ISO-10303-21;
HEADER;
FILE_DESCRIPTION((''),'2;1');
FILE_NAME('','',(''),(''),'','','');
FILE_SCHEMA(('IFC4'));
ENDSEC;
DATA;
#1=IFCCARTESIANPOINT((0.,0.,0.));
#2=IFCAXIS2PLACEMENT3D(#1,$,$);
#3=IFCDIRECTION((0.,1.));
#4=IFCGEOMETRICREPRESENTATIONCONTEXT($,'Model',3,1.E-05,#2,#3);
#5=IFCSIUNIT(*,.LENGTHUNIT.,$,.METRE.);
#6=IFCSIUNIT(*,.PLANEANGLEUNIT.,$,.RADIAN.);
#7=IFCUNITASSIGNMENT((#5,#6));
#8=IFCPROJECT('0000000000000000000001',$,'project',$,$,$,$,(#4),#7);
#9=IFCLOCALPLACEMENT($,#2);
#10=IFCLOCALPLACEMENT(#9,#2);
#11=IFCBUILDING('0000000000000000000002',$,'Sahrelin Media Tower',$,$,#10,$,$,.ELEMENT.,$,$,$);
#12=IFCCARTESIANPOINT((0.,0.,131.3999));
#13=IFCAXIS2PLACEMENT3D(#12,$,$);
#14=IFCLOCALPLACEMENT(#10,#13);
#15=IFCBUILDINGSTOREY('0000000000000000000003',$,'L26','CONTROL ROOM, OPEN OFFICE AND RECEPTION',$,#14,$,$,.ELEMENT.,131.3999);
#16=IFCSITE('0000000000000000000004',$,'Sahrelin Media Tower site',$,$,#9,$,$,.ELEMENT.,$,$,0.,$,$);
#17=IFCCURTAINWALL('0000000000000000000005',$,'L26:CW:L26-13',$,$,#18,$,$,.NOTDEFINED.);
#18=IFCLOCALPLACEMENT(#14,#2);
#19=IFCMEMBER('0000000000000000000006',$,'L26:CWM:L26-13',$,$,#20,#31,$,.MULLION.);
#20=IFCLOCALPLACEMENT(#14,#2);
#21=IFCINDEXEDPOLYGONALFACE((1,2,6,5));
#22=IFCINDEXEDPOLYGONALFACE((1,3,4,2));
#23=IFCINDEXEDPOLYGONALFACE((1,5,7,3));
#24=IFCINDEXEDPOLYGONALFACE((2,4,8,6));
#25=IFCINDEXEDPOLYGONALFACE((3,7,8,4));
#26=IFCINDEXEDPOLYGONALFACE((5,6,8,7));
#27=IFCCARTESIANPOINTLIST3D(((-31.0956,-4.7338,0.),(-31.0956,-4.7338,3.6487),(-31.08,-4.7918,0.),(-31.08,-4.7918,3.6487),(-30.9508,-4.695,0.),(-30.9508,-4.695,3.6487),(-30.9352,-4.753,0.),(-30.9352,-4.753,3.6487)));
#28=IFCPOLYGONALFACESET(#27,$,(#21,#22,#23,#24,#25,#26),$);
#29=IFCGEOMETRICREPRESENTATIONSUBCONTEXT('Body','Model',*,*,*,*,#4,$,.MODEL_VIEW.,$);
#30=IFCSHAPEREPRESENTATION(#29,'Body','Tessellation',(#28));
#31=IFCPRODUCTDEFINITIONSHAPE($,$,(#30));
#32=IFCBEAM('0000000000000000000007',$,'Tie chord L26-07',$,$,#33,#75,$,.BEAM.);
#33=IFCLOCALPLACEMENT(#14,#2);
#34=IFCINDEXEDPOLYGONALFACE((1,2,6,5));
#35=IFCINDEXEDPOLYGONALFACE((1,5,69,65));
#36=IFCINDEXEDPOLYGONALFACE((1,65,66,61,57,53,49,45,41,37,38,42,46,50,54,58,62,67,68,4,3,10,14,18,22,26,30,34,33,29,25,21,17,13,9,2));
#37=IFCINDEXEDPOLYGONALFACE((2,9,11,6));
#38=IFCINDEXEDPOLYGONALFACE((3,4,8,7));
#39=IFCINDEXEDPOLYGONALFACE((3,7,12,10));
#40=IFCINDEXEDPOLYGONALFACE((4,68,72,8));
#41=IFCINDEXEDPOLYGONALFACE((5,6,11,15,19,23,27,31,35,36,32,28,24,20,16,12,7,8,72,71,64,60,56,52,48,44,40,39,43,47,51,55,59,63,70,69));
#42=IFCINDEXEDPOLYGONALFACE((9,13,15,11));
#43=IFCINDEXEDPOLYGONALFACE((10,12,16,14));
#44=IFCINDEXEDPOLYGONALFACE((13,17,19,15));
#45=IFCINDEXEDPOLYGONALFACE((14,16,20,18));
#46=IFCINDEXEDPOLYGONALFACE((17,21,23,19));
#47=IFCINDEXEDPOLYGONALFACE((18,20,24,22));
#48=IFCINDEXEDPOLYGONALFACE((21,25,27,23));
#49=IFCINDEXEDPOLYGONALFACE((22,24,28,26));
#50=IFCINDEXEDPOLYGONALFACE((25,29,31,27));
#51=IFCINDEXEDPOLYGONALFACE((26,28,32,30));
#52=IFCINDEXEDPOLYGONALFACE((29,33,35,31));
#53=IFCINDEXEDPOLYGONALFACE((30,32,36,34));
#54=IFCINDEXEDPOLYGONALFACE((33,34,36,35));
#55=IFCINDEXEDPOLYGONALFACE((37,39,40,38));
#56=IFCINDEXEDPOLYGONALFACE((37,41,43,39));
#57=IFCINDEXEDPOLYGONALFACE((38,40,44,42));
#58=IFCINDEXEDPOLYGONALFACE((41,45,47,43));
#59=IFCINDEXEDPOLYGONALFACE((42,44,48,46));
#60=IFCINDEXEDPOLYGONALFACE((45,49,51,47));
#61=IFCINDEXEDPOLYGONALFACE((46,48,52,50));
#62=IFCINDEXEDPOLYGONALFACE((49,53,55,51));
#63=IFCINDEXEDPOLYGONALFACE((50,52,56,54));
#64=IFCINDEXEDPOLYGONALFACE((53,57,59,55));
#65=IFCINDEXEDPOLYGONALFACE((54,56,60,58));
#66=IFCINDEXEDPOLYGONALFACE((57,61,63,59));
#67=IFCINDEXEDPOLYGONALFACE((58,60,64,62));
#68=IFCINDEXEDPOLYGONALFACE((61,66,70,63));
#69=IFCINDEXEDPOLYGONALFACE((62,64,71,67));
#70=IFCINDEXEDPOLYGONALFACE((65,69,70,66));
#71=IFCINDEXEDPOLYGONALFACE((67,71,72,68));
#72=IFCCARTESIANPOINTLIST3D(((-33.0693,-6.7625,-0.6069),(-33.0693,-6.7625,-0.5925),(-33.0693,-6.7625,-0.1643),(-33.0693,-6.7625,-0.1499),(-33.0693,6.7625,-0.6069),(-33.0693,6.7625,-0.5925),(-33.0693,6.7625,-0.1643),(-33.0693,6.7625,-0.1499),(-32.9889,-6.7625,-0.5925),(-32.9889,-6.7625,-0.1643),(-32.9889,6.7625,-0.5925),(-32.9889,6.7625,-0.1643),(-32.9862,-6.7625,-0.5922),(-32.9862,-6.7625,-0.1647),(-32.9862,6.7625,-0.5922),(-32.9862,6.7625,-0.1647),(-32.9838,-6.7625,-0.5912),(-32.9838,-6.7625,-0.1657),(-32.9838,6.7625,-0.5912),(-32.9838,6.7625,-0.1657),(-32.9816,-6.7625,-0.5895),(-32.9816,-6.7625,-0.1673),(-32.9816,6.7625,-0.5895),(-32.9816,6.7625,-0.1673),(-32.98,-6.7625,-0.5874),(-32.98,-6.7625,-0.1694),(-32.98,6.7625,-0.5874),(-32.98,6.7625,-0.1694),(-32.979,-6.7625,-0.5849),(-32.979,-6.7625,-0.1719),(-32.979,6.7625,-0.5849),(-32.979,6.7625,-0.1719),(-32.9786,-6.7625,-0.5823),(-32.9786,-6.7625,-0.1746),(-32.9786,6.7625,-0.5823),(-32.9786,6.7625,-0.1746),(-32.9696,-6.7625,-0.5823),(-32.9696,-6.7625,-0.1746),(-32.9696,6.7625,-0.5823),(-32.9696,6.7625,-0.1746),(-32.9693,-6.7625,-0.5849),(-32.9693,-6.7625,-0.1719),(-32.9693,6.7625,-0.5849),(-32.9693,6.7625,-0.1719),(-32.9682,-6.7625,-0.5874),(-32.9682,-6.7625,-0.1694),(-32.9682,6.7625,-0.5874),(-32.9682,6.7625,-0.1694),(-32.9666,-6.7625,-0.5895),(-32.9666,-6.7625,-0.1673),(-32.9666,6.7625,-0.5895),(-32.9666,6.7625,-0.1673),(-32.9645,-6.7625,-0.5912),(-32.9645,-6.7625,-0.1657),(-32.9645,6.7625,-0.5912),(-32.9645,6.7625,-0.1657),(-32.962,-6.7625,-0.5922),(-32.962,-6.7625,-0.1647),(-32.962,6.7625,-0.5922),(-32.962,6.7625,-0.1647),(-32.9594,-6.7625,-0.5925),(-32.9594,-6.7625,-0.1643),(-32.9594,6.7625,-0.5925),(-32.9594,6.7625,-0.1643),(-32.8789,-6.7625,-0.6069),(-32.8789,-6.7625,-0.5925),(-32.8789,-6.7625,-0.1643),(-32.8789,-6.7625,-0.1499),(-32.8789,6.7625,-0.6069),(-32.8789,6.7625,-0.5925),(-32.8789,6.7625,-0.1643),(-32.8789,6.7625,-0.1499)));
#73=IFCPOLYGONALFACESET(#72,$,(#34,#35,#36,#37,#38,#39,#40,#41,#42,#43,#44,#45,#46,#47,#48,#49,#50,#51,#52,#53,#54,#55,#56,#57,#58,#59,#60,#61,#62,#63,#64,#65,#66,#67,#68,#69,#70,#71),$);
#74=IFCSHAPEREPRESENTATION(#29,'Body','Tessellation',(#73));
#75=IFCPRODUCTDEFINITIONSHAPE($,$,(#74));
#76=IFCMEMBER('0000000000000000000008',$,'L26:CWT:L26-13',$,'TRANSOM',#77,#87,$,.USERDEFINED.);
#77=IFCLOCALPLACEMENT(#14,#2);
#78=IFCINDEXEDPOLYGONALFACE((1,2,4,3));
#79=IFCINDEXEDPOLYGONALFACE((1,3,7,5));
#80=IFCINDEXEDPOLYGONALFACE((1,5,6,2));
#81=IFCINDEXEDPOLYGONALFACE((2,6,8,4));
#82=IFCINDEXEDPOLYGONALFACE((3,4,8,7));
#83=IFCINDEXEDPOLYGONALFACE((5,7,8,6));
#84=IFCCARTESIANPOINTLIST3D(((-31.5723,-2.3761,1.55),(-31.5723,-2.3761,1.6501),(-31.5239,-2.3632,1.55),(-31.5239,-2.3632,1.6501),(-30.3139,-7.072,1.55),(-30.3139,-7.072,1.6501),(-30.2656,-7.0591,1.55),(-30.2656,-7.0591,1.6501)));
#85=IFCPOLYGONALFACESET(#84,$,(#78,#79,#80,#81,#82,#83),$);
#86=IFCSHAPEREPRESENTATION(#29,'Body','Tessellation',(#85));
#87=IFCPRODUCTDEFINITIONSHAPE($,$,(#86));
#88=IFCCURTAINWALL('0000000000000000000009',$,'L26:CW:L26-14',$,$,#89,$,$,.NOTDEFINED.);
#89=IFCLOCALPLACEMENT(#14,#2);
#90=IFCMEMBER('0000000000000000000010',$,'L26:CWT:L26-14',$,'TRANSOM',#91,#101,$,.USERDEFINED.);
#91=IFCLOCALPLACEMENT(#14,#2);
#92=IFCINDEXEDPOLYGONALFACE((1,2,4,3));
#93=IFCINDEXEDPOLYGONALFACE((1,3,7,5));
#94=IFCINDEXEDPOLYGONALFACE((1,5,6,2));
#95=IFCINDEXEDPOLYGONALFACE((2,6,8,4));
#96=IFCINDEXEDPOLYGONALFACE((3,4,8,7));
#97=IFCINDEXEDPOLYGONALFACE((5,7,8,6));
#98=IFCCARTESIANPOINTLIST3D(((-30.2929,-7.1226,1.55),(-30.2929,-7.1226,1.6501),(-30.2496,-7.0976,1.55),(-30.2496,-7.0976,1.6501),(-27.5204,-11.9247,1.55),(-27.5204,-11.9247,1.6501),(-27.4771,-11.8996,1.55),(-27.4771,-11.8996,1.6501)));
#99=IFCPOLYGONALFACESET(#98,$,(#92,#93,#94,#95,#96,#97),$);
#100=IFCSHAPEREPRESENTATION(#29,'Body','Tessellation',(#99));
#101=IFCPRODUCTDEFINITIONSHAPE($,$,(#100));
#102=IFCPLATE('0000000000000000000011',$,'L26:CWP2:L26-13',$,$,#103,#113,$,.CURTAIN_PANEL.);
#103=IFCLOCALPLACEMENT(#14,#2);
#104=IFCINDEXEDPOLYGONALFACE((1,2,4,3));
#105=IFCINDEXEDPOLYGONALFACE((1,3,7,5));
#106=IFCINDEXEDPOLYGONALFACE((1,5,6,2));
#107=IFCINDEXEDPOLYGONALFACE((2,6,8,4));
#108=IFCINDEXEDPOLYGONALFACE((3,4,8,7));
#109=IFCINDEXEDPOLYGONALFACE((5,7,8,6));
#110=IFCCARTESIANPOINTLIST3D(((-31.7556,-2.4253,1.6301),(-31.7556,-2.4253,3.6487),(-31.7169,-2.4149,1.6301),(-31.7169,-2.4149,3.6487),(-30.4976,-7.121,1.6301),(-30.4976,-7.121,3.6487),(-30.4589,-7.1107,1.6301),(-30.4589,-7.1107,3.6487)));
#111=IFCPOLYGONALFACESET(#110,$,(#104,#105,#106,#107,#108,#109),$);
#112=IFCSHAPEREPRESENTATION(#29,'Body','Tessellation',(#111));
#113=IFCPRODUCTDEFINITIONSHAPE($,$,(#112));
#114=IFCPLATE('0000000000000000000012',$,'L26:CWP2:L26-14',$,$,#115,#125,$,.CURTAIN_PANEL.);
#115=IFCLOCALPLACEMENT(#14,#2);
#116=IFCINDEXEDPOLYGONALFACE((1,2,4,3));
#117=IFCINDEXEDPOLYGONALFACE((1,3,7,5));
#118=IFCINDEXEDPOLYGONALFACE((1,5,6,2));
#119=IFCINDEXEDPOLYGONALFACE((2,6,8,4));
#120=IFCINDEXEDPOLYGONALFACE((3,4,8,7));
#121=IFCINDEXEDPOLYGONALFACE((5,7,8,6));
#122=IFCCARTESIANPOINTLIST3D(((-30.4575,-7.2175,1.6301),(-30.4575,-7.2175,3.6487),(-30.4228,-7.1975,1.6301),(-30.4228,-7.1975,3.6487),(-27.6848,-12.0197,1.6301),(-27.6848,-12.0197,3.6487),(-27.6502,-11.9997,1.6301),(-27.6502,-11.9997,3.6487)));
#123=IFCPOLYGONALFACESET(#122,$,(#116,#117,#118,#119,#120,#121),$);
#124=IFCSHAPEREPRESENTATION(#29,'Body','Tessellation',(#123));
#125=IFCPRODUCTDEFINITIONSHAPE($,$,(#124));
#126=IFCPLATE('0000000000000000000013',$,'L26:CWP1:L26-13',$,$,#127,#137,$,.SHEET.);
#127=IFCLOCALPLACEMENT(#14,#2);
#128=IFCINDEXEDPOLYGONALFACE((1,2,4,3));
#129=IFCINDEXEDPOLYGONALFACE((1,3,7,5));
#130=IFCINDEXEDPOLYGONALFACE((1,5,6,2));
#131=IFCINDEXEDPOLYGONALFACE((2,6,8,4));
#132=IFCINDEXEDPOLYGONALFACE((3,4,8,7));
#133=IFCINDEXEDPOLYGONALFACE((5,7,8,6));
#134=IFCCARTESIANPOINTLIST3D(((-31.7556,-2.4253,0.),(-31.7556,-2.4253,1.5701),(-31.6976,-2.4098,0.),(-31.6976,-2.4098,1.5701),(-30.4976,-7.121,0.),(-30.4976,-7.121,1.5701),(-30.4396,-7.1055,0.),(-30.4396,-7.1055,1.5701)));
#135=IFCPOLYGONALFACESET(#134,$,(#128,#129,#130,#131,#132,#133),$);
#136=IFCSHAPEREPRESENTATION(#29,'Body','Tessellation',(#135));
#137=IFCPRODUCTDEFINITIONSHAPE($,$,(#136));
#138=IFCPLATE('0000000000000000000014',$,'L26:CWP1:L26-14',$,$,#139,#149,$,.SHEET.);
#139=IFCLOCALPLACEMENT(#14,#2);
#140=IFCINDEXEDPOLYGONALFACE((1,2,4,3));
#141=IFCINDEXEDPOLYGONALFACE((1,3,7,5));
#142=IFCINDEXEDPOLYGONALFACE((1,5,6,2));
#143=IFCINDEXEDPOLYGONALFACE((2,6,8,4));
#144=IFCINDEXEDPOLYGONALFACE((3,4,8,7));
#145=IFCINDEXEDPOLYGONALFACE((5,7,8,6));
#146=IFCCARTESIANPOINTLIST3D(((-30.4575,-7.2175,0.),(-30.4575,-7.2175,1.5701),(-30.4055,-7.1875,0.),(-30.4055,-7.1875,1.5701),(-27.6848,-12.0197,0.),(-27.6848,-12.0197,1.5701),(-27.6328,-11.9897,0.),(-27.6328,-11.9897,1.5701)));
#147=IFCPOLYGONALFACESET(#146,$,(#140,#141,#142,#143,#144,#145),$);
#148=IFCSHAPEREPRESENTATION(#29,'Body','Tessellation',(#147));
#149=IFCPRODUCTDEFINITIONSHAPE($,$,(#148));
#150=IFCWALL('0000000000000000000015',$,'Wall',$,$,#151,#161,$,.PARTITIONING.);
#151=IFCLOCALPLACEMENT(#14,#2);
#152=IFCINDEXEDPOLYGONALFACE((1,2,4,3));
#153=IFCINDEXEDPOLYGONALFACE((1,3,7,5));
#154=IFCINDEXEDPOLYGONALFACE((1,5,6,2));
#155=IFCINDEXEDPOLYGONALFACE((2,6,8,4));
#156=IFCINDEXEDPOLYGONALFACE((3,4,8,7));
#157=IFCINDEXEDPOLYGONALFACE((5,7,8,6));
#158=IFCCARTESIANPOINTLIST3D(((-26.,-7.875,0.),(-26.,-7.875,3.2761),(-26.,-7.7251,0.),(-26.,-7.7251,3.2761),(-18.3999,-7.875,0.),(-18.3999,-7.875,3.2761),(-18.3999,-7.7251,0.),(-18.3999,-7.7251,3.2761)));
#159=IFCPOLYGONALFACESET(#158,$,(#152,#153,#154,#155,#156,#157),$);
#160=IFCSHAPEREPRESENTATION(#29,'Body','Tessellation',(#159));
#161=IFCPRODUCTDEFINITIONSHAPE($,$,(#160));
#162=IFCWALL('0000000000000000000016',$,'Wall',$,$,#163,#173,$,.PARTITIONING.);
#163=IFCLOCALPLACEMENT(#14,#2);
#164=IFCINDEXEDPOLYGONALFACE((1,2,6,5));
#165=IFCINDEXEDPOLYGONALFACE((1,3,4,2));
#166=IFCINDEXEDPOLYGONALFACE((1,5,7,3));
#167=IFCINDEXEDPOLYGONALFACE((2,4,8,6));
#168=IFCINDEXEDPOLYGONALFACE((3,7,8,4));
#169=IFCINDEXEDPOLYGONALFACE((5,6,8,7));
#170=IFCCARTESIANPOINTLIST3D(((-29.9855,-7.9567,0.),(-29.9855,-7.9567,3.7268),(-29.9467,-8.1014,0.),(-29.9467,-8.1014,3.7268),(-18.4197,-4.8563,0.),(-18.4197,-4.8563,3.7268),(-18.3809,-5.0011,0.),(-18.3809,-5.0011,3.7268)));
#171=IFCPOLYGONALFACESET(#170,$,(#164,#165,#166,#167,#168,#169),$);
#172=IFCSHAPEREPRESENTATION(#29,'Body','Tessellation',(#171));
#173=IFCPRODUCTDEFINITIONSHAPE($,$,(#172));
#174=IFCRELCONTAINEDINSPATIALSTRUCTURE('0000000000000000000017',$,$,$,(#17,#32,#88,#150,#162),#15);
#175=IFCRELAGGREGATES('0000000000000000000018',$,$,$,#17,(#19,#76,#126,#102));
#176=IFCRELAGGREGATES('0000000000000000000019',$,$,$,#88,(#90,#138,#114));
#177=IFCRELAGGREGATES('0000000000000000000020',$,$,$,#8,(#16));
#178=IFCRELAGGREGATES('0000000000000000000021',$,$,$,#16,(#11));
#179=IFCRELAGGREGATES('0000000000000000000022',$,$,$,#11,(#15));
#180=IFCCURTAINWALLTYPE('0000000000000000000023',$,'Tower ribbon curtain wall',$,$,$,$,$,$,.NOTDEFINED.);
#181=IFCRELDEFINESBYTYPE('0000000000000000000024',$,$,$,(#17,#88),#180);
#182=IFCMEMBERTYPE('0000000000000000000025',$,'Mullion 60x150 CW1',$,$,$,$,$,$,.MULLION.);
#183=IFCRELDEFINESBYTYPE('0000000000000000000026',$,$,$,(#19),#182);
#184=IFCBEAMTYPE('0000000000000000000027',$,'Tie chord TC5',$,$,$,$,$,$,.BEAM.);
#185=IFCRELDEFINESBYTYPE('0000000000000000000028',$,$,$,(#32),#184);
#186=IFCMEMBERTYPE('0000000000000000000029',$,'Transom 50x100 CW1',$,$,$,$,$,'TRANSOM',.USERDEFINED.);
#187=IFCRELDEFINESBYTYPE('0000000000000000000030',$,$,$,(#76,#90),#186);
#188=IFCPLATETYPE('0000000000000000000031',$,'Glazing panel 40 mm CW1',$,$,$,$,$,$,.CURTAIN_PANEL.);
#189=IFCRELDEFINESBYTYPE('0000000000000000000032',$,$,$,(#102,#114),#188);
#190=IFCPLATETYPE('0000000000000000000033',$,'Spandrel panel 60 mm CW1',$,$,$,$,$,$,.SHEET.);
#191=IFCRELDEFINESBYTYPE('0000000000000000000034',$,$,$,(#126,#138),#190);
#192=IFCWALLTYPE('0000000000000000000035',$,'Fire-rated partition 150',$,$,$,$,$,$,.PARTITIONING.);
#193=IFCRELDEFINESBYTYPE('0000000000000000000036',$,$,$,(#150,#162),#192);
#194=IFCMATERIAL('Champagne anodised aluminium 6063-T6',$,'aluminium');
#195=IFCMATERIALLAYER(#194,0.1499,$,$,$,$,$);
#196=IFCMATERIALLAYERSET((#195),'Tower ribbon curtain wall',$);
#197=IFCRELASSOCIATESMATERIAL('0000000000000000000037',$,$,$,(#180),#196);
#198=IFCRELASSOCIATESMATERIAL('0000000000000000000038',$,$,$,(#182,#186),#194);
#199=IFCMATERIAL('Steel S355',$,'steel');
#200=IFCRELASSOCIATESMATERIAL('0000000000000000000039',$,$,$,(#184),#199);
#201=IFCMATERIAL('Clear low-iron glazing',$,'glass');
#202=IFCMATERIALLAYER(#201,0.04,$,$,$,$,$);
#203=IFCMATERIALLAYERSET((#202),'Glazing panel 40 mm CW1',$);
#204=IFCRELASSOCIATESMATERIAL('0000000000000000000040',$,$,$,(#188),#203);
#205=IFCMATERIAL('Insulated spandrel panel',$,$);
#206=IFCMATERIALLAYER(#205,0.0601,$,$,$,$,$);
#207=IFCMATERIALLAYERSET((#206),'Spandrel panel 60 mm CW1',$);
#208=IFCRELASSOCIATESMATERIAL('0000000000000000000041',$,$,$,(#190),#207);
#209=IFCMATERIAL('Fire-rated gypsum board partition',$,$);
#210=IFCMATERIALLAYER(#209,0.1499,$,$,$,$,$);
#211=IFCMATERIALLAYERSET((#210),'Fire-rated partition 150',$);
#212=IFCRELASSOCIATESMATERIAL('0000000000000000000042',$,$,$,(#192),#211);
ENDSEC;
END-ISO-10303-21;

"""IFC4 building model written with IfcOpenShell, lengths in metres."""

from ifc_helpers import new_model, si_unit, direction, frame, frame_2d, origin, origin_2d, place, context, subcontext, project, spatial, polyline, rectangle, i_section, outline, extrude, material, layer, layer_set, material_profile, profile_set, type_object, element, aggregate, save


model = new_model("IFC4")

# Units and contexts
model_context = context("Model", 3, precision=1e-05, world=origin(), true_north=direction((0.0, 1.0)))
body_context = subcontext(model_context, "Body", "Model", "MODEL_VIEW")
ifc_project = project(units=[si_unit("LENGTHUNIT", "METRE"), si_unit("PLANEANGLEUNIT", "RADIAN")], contexts=[model_context])

# Site, building, storey
site_placement = place(None, origin())
site = spatial("IfcSite", under=ifc_project, at=site_placement, Name="Sahrelin Media Tower site", CompositionType="ELEMENT", RefElevation=0.0)
building_placement = place(site_placement, origin())
building = spatial("IfcBuilding", under=site, at=building_placement, Name="Sahrelin Media Tower", CompositionType="ELEMENT")
storey_placement = place(building_placement, frame((0.0, 0.0, 131.3999)))
storey = spatial("IfcBuildingStorey", under=building, at=storey_placement, Name="L26", Description="CONTROL ROOM, OPEN OFFICE AND RECEPTION", CompositionType="ELEMENT", Elevation=131.3999)

# Shared definitions
ifc_material_1 = material(Name="Steel S355", Category="steel")

# Curtain wall, member
ifc_material_2 = material(Name="Champagne anodised aluminium 6063-T6", Category="aluminium")
ifc_layer_1 = layer(ifc_material_2, 0.1499)
ifc_layer_set_1 = layer_set([ifc_layer_1], Name="Tower ribbon curtain wall")
curtain_wall_type = type_object("IfcCurtainWallType", Name="Tower ribbon curtain wall", PredefinedType="NOTDEFINED", material=ifc_layer_set_1)
ifc_material_profile_1 = material_profile(ifc_material_2, rectangle(XDim=0.0601, YDim=0.1499, at=origin_2d()), Name="Mullion 60x150")
ifc_profile_set_1 = profile_set([ifc_material_profile_1], Name="Champagne anodised aluminium 6063-T6")
member_type_1 = type_object("IfcMemberType", Name="Mullion 60x150 CW1", PredefinedType="MULLION", material=ifc_profile_set_1)
curtain_wall_1_placement = place(storey_placement, frame((-31.1074, -4.7681, 0.0), z_axis=(0.0, 0.0, 1.0), x_axis=(1.0, 0.0, 0.0)))
curtain_wall_1 = element("IfcCurtainWall", 1, at=curtain_wall_1_placement, inside=storey, type_object=curtain_wall_type, Name="L26:CW:L26-13", PredefinedType="NOTDEFINED")
member_1_placement = place(storey_placement, frame((-31.0154, -4.7434, 0.0), z_axis=(0.0, 0.0, 1.0), x_axis=(0.258821, -0.965925, 0.0)))
member_1 = element("IfcMember", 2, at=member_1_placement, type_object=member_type_1, Name="L26:CWM:L26-13", PredefinedType="MULLION", context=body_context, shape_type="SweptSolid", body=[
    extrude(rectangle(XDim=0.0601, YDim=0.1499, at=origin_2d()), origin(), (0.0, 0.0, 1.0), 3.6487),
])

# Beam
ifc_material_profile_2 = material_profile(ifc_material_1, i_section(OverallWidth=0.1904, OverallDepth=0.457, WebThickness=0.009, FlangeThickness=0.0144, FilletRadius=0.0103, at=origin_2d()), Name="UB 457x191x74")
ifc_profile_set_2 = profile_set([ifc_material_profile_2], Name="Steel S355")
beam_type_1 = type_object("IfcBeamType", Name="Tie chord TC5", PredefinedType="BEAM", material=ifc_profile_set_2)
beam_1_placement = place(storey_placement, frame((-32.9741, -6.7625, -0.3784), z_axis=(0.0, 1.0, 0.0), x_axis=(-1.0, 0.0, 0.0)))
element("IfcBeam", 3, at=beam_1_placement, inside=storey, type_object=beam_type_1, Name="Tie chord L26-07", PredefinedType="BEAM", context=body_context, shape_type="SweptSolid", body=[
    extrude(i_section(OverallWidth=0.1904, OverallDepth=0.457, WebThickness=0.009, FlangeThickness=0.0144, FilletRadius=0.0103, at=origin_2d()), origin(), (0.0, 0.0, 1.0), 13.5249),
])

# Member
ifc_material_profile_3 = material_profile(ifc_material_2, rectangle(XDim=0.05, YDim=0.1001, at=origin_2d()), Name="Transom 50x100")
ifc_profile_set_3 = profile_set([ifc_material_profile_3], Name="Champagne anodised aluminium 6063-T6")
member_type_2 = type_object("IfcMemberType", Name="Transom 50x100 CW1", ElementType="TRANSOM", PredefinedType="USERDEFINED", material=ifc_profile_set_3)
member_2_placement = place(storey_placement, frame((-31.5481, -2.3696, 1.6001), z_axis=(0.258831, -0.965922, 0.0), x_axis=(0.965922, 0.258831, 0.0)))
member_2 = element("IfcMember", 4, at=member_2_placement, type_object=member_type_2, Name="L26:CWT:L26-13", ObjectType="TRANSOM", PredefinedType="USERDEFINED", context=body_context, shape_type="SweptSolid", body=[
    extrude(rectangle(XDim=0.05, YDim=0.1001, at=origin_2d()), origin(), (0.0, 0.0, 1.0), 4.8616),
])

# Curtain wall, member
curtain_wall_2_placement = place(storey_placement, frame((-29.054, -9.6086, 0.0), z_axis=(0.0, 0.0, 1.0), x_axis=(1.0, 0.0, 0.0)))
curtain_wall_2 = element("IfcCurtainWall", 5, at=curtain_wall_2_placement, inside=storey, type_object=curtain_wall_type, Name="L26:CW:L26-14", PredefinedType="NOTDEFINED")
member_3_placement = place(storey_placement, frame((-30.2712, -7.1101, 1.6001), z_axis=(0.500003, -0.866024, 0.0), x_axis=(0.866024, 0.500003, 0.0)))
member_3 = element("IfcMember", 6, at=member_3_placement, type_object=member_type_2, Name="L26:CWT:L26-14", ObjectType="TRANSOM", PredefinedType="USERDEFINED", context=body_context, shape_type="SweptSolid", body=[
    extrude(rectangle(XDim=0.05, YDim=0.1001, at=origin_2d()), origin(), (0.0, 0.0, 1.0), 5.5449),
])

# Plates
ifc_material_3 = material(Name="Clear low-iron glazing", Category="glass")
ifc_layer_2 = layer(ifc_material_3, 0.04)
ifc_layer_set_2 = layer_set([ifc_layer_2], Name="Glazing panel 40 mm CW1")
plate_type_1 = type_object("IfcPlateType", Name="Glazing panel 40 mm CW1", PredefinedType="CURTAIN_PANEL", material=ifc_layer_set_2)
plate_1_placement = place(storey_placement, frame((-31.7556, -2.4253, 1.6301), z_axis=(-0.965935, -0.258785, 0.0), x_axis=(0.258785, -0.965935, 0.0)))
plate_1 = element("IfcPlate", 7, at=plate_1_placement, type_object=plate_type_1, Name="L26:CWP2:L26-13", PredefinedType="CURTAIN_PANEL", context=body_context, shape_type="SweptSolid", body=[
    extrude(outline(polyline([(0.0, 0.0), (4.8613, 0.0), (4.8613, 2.0186), (0.0, 2.0186), (0.0, 0.0)])), origin(), (0.0, 0.0, -1.0), 0.04),
])
plate_2_placement = place(storey_placement, frame((-30.4575, -7.2175, 1.6301), z_axis=(-0.866015, -0.500017, 0.0), x_axis=(0.500017, -0.866015, 0.0)))
plate_2 = element("IfcPlate", 8, at=plate_2_placement, type_object=plate_type_1, Name="L26:CWP2:L26-14", PredefinedType="CURTAIN_PANEL", context=body_context, shape_type="SweptSolid", body=[
    extrude(outline(polyline([(0.0, 0.0), (5.5452, 0.0), (5.5452, 2.0186), (0.0, 2.0186), (0.0, 0.0)])), origin(), (0.0, 0.0, -1.0), 0.04),
])
ifc_material_4 = material(Name="Insulated spandrel panel")
ifc_layer_3 = layer(ifc_material_4, 0.0601)
ifc_layer_set_3 = layer_set([ifc_layer_3], Name="Spandrel panel 60 mm CW1")
plate_type_2 = type_object("IfcPlateType", Name="Spandrel panel 60 mm CW1", PredefinedType="SHEET", material=ifc_layer_set_3)
plate_3_placement = place(storey_placement, frame((-31.7556, -2.4253, 0.0), z_axis=(-0.965935, -0.258785, 0.0), x_axis=(0.258785, -0.965935, 0.0)))
plate_3 = element("IfcPlate", 9, at=plate_3_placement, type_object=plate_type_2, Name="L26:CWP1:L26-13", PredefinedType="SHEET", context=body_context, shape_type="SweptSolid", body=[
    extrude(outline(polyline([(0.0, 0.0), (4.8613, 0.0), (4.8613, 1.5701), (0.0, 1.5701), (0.0, 0.0)])), origin(), (0.0, 0.0, -1.0), 0.0601),
])
aggregate(curtain_wall_1, [member_1, member_2, plate_3, plate_1])
plate_4_placement = place(storey_placement, frame((-30.4575, -7.2175, 0.0), z_axis=(-0.866015, -0.500017, 0.0), x_axis=(0.500017, -0.866015, 0.0)))
plate_4 = element("IfcPlate", 10, at=plate_4_placement, type_object=plate_type_2, Name="L26:CWP1:L26-14", PredefinedType="SHEET", context=body_context, shape_type="SweptSolid", body=[
    extrude(outline(polyline([(0.0, 0.0), (5.5452, 0.0), (5.5452, 1.5701), (0.0, 1.5701), (0.0, 0.0)])), origin(), (0.0, 0.0, -1.0), 0.0601),
])
aggregate(curtain_wall_2, [member_3, plate_4, plate_2])

# Walls
ifc_material_5 = material(Name="Fire-rated gypsum board partition")
ifc_layer_4 = layer(ifc_material_5, 0.1499)
ifc_layer_set_4 = layer_set([ifc_layer_4], Name="Fire-rated partition 150")
wall_type_1 = type_object("IfcWallType", Name="Fire-rated partition 150", PredefinedType="PARTITIONING", material=ifc_layer_set_4)
wall_1_placement = place(storey_placement, frame((-26.0, -7.8, 0.0), z_axis=(0.0, 0.0, 1.0), x_axis=(1.0, 0.0, 0.0)))
element("IfcWall", 11, at=wall_1_placement, inside=storey, type_object=wall_type_1, Name="Wall", PredefinedType="PARTITIONING", context=body_context, shape_type="SweptSolid", body=[
    extrude(rectangle(XDim=7.6001, YDim=0.1499, at=frame_2d((3.8, 0.0))), origin(), (0.0, 0.0, 1.0), 3.2761),
])
wall_2_placement = place(storey_placement, frame((-29.9661, -8.0291, 0.0), z_axis=(0.0, 0.0, 1.0), x_axis=(0.965898, 0.258923, 0.0)))
element("IfcWall", 12, at=wall_2_placement, inside=storey, type_object=wall_type_1, Name="Wall", PredefinedType="PARTITIONING", context=body_context, shape_type="SweptSolid", body=[
    extrude(rectangle(XDim=11.9741, YDim=0.1499, at=frame_2d((5.9871, 0.0))), origin(), (0.0, 0.0, 1.0), 3.7268),
])

save(model, "model.ifc")
